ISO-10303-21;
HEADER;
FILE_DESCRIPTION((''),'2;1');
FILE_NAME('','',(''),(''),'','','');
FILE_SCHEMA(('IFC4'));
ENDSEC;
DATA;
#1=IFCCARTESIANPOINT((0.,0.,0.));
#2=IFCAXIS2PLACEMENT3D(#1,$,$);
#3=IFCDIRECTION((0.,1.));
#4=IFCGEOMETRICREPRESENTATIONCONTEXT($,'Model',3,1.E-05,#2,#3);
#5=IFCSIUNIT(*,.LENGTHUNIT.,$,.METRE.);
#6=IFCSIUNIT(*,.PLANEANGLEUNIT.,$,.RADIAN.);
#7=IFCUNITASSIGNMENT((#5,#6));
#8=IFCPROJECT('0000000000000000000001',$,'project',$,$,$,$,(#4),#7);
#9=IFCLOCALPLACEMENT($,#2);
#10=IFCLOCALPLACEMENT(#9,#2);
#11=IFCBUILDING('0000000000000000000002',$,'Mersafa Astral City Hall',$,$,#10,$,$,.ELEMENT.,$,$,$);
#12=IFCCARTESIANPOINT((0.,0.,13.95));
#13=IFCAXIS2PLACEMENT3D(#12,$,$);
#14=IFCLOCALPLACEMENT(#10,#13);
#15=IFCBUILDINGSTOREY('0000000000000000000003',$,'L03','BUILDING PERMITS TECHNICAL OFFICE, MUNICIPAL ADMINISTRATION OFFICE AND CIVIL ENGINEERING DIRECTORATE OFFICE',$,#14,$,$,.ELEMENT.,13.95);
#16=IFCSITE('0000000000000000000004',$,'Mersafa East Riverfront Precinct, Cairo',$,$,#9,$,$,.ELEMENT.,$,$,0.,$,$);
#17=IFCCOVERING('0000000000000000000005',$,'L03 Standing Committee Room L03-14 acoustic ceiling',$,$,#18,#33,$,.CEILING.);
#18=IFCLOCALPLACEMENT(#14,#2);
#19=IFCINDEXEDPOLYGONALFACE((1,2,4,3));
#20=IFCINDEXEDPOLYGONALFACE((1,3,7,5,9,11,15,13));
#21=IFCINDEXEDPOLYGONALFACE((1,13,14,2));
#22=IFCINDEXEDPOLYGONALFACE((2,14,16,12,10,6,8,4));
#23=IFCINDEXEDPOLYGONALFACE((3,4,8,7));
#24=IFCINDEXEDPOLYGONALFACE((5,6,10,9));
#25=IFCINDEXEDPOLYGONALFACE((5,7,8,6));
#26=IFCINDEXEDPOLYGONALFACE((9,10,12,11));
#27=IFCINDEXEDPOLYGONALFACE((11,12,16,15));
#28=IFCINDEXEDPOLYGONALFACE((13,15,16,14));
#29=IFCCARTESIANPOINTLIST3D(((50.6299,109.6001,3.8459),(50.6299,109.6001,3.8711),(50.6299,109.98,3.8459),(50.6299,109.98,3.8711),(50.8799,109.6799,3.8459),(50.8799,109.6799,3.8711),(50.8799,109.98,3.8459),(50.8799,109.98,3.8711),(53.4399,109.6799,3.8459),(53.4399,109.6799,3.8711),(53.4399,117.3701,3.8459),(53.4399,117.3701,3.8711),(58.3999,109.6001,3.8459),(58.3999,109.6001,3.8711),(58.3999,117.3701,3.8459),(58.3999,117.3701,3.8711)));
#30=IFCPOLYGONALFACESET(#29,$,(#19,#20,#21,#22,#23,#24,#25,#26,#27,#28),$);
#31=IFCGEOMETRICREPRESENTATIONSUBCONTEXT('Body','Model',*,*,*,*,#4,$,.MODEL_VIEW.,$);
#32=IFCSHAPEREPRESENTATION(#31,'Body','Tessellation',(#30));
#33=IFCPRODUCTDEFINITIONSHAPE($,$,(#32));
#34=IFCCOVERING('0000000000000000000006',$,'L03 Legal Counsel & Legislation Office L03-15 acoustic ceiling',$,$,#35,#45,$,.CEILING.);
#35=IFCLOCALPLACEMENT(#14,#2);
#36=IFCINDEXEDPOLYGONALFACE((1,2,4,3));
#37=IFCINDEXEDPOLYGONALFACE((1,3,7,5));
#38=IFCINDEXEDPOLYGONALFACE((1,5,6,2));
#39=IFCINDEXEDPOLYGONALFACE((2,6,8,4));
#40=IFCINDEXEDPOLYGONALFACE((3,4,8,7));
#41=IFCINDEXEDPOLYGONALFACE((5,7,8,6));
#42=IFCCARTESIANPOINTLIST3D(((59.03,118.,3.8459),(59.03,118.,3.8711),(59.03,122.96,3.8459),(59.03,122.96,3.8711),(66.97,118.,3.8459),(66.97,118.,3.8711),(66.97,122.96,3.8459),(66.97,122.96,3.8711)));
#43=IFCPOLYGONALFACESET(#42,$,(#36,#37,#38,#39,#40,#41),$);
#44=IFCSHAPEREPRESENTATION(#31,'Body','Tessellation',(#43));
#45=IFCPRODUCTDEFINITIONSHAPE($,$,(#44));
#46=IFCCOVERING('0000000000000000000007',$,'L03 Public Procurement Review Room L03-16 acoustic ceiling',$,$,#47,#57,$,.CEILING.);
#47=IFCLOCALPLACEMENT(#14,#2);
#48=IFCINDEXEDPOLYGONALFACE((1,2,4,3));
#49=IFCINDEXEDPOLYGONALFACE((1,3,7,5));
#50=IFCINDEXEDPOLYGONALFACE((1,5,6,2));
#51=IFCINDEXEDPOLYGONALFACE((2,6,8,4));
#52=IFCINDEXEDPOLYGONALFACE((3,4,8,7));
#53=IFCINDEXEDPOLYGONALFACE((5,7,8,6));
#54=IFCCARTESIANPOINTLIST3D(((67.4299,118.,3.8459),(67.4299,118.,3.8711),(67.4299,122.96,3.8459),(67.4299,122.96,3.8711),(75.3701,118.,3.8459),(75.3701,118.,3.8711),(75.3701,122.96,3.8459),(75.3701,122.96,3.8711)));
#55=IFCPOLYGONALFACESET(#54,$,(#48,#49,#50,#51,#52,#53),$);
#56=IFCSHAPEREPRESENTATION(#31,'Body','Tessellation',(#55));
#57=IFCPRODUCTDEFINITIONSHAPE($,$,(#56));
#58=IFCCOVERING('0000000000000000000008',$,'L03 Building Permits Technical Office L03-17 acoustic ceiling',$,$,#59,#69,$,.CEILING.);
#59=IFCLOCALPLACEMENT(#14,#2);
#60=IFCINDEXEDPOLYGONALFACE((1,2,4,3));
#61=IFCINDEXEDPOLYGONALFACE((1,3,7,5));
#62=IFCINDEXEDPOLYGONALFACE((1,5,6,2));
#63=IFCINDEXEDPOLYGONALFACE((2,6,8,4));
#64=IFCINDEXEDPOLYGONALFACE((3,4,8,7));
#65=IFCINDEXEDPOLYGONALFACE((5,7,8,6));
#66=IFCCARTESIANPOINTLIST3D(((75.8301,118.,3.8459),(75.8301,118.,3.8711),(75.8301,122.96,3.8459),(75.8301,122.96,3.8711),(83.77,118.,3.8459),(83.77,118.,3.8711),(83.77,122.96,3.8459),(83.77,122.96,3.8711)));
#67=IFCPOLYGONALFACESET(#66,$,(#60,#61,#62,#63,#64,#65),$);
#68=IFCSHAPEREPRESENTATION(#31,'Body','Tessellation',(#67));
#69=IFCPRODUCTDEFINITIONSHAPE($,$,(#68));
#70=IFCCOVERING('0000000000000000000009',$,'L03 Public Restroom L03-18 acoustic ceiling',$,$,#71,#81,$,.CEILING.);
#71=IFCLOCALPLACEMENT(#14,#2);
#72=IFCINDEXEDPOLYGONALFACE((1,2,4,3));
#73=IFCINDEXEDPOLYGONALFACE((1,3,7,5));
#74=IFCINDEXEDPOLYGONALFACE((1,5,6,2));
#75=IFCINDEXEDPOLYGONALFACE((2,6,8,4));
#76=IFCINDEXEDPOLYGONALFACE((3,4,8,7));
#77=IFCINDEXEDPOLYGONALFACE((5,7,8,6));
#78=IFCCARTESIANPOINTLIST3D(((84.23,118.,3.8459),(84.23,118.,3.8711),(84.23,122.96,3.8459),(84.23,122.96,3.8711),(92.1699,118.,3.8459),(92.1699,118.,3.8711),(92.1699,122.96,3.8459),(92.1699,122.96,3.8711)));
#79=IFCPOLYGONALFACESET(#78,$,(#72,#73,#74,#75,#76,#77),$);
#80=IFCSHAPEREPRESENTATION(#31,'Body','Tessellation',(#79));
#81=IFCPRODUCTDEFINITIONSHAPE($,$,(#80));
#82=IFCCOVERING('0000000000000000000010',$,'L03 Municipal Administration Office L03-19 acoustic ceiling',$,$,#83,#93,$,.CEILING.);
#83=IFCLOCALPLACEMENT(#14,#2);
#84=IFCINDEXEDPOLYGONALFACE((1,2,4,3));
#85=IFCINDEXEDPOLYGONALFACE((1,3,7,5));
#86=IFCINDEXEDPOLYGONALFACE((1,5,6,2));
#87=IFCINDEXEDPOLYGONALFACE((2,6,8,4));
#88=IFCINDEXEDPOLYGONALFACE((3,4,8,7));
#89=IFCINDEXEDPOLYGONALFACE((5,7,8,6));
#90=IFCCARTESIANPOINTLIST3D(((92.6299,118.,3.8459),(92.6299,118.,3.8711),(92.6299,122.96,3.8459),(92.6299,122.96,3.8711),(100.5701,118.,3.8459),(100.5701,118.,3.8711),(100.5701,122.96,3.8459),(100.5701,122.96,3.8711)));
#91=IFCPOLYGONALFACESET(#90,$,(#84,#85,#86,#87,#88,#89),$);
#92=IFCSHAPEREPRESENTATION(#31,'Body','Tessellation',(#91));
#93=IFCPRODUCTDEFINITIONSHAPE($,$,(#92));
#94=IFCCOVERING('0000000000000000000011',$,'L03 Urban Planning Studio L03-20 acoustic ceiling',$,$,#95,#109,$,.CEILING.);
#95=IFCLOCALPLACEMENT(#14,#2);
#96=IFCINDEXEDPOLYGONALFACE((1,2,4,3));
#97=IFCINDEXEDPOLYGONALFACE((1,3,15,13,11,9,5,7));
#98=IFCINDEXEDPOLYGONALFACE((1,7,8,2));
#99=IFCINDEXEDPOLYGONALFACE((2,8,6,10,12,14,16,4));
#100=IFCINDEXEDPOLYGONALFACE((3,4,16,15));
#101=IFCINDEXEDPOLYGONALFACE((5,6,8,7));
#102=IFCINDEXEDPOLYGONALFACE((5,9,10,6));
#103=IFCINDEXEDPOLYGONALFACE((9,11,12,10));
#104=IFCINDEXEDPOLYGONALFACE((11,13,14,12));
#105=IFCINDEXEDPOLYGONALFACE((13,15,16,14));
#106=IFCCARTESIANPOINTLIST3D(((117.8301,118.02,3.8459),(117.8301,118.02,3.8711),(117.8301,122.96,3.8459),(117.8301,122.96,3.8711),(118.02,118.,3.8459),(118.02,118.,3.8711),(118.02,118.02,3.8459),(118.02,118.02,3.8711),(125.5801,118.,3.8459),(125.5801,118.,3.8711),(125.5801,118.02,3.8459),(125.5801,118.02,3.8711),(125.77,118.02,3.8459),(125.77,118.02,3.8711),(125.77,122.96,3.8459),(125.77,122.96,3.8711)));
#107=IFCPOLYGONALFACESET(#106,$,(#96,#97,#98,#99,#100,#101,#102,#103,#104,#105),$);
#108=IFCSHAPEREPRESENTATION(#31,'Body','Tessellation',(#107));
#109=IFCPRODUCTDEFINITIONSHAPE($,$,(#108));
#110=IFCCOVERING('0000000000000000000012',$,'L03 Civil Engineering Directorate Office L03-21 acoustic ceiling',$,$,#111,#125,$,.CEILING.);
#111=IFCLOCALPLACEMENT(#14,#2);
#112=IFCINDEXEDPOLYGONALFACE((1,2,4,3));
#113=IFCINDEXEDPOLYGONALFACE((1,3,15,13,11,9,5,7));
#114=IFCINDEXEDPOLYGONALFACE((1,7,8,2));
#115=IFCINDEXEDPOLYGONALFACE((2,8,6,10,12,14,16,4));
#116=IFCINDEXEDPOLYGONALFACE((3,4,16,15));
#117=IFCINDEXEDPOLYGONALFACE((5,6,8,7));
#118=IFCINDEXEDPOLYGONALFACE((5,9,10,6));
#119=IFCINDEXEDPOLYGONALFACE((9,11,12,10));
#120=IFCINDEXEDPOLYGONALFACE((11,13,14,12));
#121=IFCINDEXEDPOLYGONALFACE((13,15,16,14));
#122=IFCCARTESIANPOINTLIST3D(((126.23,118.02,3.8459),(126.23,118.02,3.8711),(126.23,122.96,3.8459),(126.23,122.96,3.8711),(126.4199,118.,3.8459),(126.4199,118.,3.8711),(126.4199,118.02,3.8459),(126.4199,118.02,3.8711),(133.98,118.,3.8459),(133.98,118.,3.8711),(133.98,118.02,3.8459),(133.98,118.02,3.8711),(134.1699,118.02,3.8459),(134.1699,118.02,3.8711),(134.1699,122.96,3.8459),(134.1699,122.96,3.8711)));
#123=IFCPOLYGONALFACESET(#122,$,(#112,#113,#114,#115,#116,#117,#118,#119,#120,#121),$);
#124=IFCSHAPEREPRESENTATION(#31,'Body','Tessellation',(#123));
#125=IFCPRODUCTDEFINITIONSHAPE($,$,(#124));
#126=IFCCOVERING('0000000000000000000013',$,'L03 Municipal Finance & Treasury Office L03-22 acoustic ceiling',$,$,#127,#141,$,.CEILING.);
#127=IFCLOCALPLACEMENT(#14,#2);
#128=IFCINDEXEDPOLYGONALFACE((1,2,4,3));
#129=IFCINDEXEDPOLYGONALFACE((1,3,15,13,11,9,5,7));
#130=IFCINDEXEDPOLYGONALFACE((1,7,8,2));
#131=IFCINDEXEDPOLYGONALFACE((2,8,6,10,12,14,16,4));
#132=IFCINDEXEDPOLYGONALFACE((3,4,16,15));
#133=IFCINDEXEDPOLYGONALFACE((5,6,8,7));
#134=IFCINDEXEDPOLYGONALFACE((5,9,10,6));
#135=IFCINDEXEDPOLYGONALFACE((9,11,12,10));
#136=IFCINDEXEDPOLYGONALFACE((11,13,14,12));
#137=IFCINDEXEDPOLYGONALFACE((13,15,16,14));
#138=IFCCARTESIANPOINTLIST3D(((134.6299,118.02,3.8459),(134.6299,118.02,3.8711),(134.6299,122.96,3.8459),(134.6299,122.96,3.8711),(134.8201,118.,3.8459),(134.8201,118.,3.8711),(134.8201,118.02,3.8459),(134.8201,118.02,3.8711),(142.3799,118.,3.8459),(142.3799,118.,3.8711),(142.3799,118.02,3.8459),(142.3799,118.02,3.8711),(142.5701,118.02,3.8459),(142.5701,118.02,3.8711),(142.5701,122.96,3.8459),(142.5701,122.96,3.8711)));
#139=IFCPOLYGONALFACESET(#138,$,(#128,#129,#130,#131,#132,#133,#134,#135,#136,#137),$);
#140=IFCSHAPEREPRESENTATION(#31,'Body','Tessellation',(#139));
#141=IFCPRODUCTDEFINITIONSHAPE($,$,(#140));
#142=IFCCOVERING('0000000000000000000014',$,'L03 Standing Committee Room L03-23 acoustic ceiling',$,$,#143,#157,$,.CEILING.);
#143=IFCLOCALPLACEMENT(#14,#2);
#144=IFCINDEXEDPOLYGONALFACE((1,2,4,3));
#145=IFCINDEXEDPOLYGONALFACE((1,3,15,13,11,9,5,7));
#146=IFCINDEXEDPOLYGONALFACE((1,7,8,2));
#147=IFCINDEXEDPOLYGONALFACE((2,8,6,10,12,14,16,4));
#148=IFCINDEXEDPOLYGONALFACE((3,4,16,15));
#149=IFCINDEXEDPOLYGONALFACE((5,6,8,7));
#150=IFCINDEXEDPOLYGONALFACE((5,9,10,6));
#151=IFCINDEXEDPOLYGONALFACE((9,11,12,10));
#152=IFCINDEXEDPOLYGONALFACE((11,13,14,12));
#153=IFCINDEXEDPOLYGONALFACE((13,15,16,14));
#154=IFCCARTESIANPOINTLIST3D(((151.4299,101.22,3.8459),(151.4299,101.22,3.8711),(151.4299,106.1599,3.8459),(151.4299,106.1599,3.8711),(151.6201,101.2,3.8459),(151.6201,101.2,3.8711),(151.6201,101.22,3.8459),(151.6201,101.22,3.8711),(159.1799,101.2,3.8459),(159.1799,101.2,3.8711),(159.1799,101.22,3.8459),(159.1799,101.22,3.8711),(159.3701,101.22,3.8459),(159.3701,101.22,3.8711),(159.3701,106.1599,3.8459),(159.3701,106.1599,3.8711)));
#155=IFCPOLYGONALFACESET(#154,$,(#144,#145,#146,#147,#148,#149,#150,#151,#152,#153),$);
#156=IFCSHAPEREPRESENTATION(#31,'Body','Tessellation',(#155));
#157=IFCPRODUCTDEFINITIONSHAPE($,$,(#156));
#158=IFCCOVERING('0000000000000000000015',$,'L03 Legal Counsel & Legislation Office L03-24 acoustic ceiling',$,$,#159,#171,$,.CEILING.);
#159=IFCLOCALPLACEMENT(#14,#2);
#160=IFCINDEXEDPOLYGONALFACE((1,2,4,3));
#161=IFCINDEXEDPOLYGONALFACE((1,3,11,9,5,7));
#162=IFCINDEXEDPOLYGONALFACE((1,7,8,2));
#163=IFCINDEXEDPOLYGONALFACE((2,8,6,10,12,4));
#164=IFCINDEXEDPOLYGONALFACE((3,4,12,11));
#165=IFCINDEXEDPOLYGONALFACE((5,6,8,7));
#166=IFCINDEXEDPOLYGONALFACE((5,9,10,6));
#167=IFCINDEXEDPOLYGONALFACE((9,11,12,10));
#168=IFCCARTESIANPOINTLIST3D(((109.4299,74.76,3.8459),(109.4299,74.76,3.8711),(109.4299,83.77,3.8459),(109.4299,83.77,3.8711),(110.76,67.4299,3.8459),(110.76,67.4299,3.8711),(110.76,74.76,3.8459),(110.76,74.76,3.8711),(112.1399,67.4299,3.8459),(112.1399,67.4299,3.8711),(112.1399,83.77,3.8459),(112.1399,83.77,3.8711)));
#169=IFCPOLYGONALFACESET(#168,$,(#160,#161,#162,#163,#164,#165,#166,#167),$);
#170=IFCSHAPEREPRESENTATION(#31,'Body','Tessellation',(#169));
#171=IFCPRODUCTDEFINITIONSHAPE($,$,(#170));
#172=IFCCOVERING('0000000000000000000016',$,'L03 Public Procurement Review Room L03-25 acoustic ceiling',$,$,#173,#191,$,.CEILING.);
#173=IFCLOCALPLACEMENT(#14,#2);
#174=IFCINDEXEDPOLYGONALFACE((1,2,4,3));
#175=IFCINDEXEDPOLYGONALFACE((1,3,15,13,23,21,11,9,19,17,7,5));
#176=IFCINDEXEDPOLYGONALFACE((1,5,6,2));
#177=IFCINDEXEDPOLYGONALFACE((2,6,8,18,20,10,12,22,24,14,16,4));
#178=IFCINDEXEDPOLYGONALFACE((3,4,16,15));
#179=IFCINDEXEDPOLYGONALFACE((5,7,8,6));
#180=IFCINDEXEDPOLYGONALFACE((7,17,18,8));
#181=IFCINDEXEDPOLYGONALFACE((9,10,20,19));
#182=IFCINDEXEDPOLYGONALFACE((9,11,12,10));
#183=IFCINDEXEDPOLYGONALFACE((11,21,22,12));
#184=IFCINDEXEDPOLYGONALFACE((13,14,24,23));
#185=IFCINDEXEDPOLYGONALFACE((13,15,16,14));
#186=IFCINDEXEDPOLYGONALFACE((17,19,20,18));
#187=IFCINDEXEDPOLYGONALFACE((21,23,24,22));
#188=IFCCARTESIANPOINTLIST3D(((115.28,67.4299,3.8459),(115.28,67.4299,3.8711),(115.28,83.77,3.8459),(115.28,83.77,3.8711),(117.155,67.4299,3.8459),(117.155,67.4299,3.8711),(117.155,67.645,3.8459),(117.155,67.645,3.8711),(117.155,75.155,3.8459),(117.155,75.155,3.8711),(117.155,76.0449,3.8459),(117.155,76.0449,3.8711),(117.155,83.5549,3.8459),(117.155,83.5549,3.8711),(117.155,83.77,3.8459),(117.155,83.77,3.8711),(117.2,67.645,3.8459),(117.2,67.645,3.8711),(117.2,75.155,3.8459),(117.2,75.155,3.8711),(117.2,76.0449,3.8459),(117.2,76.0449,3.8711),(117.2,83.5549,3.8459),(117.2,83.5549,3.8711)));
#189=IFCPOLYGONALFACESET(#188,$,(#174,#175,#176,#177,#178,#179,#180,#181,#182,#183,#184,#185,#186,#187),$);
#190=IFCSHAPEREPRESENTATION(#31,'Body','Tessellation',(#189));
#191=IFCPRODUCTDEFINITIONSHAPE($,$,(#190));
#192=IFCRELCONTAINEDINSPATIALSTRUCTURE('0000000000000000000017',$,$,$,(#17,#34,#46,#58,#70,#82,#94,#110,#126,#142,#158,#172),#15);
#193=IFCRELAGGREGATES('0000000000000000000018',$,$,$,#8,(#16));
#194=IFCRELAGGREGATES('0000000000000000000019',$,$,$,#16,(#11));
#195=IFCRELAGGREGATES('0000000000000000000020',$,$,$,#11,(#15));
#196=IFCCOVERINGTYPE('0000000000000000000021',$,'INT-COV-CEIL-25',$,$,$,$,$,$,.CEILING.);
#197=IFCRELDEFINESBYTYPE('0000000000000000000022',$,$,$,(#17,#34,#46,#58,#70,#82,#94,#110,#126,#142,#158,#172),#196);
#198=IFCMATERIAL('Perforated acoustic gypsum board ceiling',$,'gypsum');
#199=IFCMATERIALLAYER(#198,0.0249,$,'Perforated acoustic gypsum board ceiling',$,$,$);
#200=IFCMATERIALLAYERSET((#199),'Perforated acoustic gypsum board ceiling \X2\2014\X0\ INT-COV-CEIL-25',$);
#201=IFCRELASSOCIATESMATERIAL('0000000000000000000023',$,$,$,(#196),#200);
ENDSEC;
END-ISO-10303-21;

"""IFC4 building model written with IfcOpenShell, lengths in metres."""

from ifc_helpers import new_model, si_unit, direction, frame, origin, place, context, subcontext, project, spatial, polyline, outline, extrude, material, layer, layer_set, type_object, element, save


model = new_model("IFC4")

# Units and contexts
model_context = context("Model", 3, precision=1e-05, world=origin(), true_north=direction((0.0, 1.0)))
body_context = subcontext(model_context, "Body", "Model", "MODEL_VIEW")
ifc_project = project(units=[si_unit("LENGTHUNIT", "METRE"), si_unit("PLANEANGLEUNIT", "RADIAN")], contexts=[model_context])

# Site, building, storey
site_placement = place(None, origin())
site = spatial("IfcSite", under=ifc_project, at=site_placement, Name="Mersafa East Riverfront Precinct, Cairo", CompositionType="ELEMENT", RefElevation=0.0)
building_placement = place(site_placement, origin())
building = spatial("IfcBuilding", under=site, at=building_placement, Name="Mersafa Astral City Hall", CompositionType="ELEMENT")
storey_placement = place(building_placement, frame((0.0, 0.0, 13.95)))
storey = spatial("IfcBuildingStorey", under=building, at=storey_placement, Name="L03", Description="BUILDING PERMITS TECHNICAL OFFICE, MUNICIPAL ADMINISTRATION OFFICE AND CIVIL ENGINEERING DIRECTORATE OFFICE", CompositionType="ELEMENT", Elevation=13.95)

# Coverings
ifc_material = material(Name="Perforated acoustic gypsum board ceiling", Category="gypsum")
ifc_layer = layer(ifc_material, 0.0249, Name="Perforated acoustic gypsum board ceiling")
ifc_layer_set = layer_set([ifc_layer], Name="Perforated acoustic gypsum board ceiling — INT-COV-CEIL-25")
covering_type = type_object("IfcCoveringType", Name="INT-COV-CEIL-25", PredefinedType="CEILING", material=ifc_layer_set)
covering_1_placement = place(storey_placement, frame((0.0, 0.0, 3.8459)))
element("IfcCovering", 1, at=covering_1_placement, inside=storey, type_object=covering_type, Name="L03 Standing Committee Room L03-14 acoustic ceiling", PredefinedType="CEILING", context=body_context, shape_type="SweptSolid", body=[
    extrude(outline(polyline([(50.6299, 109.98), (50.8799, 109.98), (50.8799, 109.6799), (53.4399, 109.6799), (53.4399, 117.3701), (58.3999, 117.3701), (58.3999, 109.6001), (50.6299, 109.6001), (50.6299, 109.98)])), origin(), (0.0, 0.0, 1.0), 0.0251),
])
covering_2_placement = place(storey_placement, frame((0.0, 0.0, 3.8459)))
element("IfcCovering", 2, at=covering_2_placement, inside=storey, type_object=covering_type, Name="L03 Legal Counsel & Legislation Office L03-15 acoustic ceiling", PredefinedType="CEILING", context=body_context, shape_type="SweptSolid", body=[
    extrude(outline(polyline([(66.97, 122.96), (66.97, 118.0), (59.03, 118.0), (59.03, 122.96), (66.97, 122.96)])), origin(), (0.0, 0.0, 1.0), 0.0251),
])
covering_3_placement = place(storey_placement, frame((0.0, 0.0, 3.8459)))
element("IfcCovering", 3, at=covering_3_placement, inside=storey, type_object=covering_type, Name="L03 Public Procurement Review Room L03-16 acoustic ceiling", PredefinedType="CEILING", context=body_context, shape_type="SweptSolid", body=[
    extrude(outline(polyline([(75.3701, 122.96), (75.3701, 118.0), (67.4299, 118.0), (67.4299, 122.96), (75.3701, 122.96)])), origin(), (0.0, 0.0, 1.0), 0.0251),
])
covering_4_placement = place(storey_placement, frame((0.0, 0.0, 3.8459)))
element("IfcCovering", 4, at=covering_4_placement, inside=storey, type_object=covering_type, Name="L03 Building Permits Technical Office L03-17 acoustic ceiling", PredefinedType="CEILING", context=body_context, shape_type="SweptSolid", body=[
    extrude(outline(polyline([(83.77, 122.96), (83.77, 118.0), (75.8301, 118.0), (75.8301, 122.96), (83.77, 122.96)])), origin(), (0.0, 0.0, 1.0), 0.0251),
])
covering_5_placement = place(storey_placement, frame((0.0, 0.0, 3.8459)))
element("IfcCovering", 5, at=covering_5_placement, inside=storey, type_object=covering_type, Name="L03 Public Restroom L03-18 acoustic ceiling", PredefinedType="CEILING", context=body_context, shape_type="SweptSolid", body=[
    extrude(outline(polyline([(92.1699, 122.96), (92.1699, 118.0), (84.23, 118.0), (84.23, 122.96), (92.1699, 122.96)])), origin(), (0.0, 0.0, 1.0), 0.0251),
])
covering_6_placement = place(storey_placement, frame((0.0, 0.0, 3.8459)))
element("IfcCovering", 6, at=covering_6_placement, inside=storey, type_object=covering_type, Name="L03 Municipal Administration Office L03-19 acoustic ceiling", PredefinedType="CEILING", context=body_context, shape_type="SweptSolid", body=[
    extrude(outline(polyline([(100.5701, 122.96), (100.5701, 118.0), (92.6299, 118.0), (92.6299, 122.96), (100.5701, 122.96)])), origin(), (0.0, 0.0, 1.0), 0.0251),
])
covering_7_placement = place(storey_placement, frame((0.0, 0.0, 3.8459)))
element("IfcCovering", 7, at=covering_7_placement, inside=storey, type_object=covering_type, Name="L03 Urban Planning Studio L03-20 acoustic ceiling", PredefinedType="CEILING", context=body_context, shape_type="SweptSolid", body=[
    extrude(outline(polyline([(125.77, 122.96), (125.77, 118.02), (125.5801, 118.02), (125.5801, 118.0), (118.02, 118.0), (118.02, 118.02), (117.8301, 118.02), (117.8301, 122.96), (125.77, 122.96)])), origin(), (0.0, 0.0, 1.0), 0.0251),
])
covering_8_placement = place(storey_placement, frame((0.0, 0.0, 3.8459)))
element("IfcCovering", 8, at=covering_8_placement, inside=storey, type_object=covering_type, Name="L03 Civil Engineering Directorate Office L03-21 acoustic ceiling", PredefinedType="CEILING", context=body_context, shape_type="SweptSolid", body=[
    extrude(outline(polyline([(134.1699, 122.96), (134.1699, 118.02), (133.98, 118.02), (133.98, 118.0), (126.4199, 118.0), (126.4199, 118.02), (126.23, 118.02), (126.23, 122.96), (134.1699, 122.96)])), origin(), (0.0, 0.0, 1.0), 0.0251),
])
covering_9_placement = place(storey_placement, frame((0.0, 0.0, 3.8459)))
element("IfcCovering", 9, at=covering_9_placement, inside=storey, type_object=covering_type, Name="L03 Municipal Finance & Treasury Office L03-22 acoustic ceiling", PredefinedType="CEILING", context=body_context, shape_type="SweptSolid", body=[
    extrude(outline(polyline([(142.5701, 122.96), (142.5701, 118.02), (142.3799, 118.02), (142.3799, 118.0), (134.8201, 118.0), (134.8201, 118.02), (134.6299, 118.02), (134.6299, 122.96), (142.5701, 122.96)])), origin(), (0.0, 0.0, 1.0), 0.0251),
])
covering_10_placement = place(storey_placement, frame((0.0, 0.0, 3.8459)))
element("IfcCovering", 10, at=covering_10_placement, inside=storey, type_object=covering_type, Name="L03 Standing Committee Room L03-23 acoustic ceiling", PredefinedType="CEILING", context=body_context, shape_type="SweptSolid", body=[
    extrude(outline(polyline([(159.3701, 106.1599), (159.3701, 101.22), (159.1799, 101.22), (159.1799, 101.2), (151.6201, 101.2), (151.6201, 101.22), (151.4299, 101.22), (151.4299, 106.1599), (159.3701, 106.1599)])), origin(), (0.0, 0.0, 1.0), 0.0251),
])
covering_11_placement = place(storey_placement, frame((0.0, 0.0, 3.8459)))
element("IfcCovering", 11, at=covering_11_placement, inside=storey, type_object=covering_type, Name="L03 Legal Counsel & Legislation Office L03-24 acoustic ceiling", PredefinedType="CEILING", context=body_context, shape_type="SweptSolid", body=[
    extrude(outline(polyline([(112.1399, 83.77), (112.1399, 67.4299), (110.76, 67.4299), (110.76, 74.76), (109.4299, 74.76), (109.4299, 83.77), (112.1399, 83.77)])), origin(), (0.0, 0.0, 1.0), 0.0251),
])
covering_12_placement = place(storey_placement, frame((0.0, 0.0, 3.8459)))
element("IfcCovering", 12, at=covering_12_placement, inside=storey, type_object=covering_type, Name="L03 Public Procurement Review Room L03-25 acoustic ceiling", PredefinedType="CEILING", context=body_context, shape_type="SweptSolid", body=[
    extrude(outline(polyline([(115.28, 83.77), (117.155, 83.77), (117.155, 83.5549), (117.2, 83.5549), (117.2, 76.0449), (117.155, 76.0449), (117.155, 75.155), (117.2, 75.155), (117.2, 67.645), (117.155, 67.645), (117.155, 67.4299), (115.28, 67.4299), (115.28, 83.77)])), origin(), (0.0, 0.0, 1.0), 0.0251),
])

save(model, "model.ifc")
